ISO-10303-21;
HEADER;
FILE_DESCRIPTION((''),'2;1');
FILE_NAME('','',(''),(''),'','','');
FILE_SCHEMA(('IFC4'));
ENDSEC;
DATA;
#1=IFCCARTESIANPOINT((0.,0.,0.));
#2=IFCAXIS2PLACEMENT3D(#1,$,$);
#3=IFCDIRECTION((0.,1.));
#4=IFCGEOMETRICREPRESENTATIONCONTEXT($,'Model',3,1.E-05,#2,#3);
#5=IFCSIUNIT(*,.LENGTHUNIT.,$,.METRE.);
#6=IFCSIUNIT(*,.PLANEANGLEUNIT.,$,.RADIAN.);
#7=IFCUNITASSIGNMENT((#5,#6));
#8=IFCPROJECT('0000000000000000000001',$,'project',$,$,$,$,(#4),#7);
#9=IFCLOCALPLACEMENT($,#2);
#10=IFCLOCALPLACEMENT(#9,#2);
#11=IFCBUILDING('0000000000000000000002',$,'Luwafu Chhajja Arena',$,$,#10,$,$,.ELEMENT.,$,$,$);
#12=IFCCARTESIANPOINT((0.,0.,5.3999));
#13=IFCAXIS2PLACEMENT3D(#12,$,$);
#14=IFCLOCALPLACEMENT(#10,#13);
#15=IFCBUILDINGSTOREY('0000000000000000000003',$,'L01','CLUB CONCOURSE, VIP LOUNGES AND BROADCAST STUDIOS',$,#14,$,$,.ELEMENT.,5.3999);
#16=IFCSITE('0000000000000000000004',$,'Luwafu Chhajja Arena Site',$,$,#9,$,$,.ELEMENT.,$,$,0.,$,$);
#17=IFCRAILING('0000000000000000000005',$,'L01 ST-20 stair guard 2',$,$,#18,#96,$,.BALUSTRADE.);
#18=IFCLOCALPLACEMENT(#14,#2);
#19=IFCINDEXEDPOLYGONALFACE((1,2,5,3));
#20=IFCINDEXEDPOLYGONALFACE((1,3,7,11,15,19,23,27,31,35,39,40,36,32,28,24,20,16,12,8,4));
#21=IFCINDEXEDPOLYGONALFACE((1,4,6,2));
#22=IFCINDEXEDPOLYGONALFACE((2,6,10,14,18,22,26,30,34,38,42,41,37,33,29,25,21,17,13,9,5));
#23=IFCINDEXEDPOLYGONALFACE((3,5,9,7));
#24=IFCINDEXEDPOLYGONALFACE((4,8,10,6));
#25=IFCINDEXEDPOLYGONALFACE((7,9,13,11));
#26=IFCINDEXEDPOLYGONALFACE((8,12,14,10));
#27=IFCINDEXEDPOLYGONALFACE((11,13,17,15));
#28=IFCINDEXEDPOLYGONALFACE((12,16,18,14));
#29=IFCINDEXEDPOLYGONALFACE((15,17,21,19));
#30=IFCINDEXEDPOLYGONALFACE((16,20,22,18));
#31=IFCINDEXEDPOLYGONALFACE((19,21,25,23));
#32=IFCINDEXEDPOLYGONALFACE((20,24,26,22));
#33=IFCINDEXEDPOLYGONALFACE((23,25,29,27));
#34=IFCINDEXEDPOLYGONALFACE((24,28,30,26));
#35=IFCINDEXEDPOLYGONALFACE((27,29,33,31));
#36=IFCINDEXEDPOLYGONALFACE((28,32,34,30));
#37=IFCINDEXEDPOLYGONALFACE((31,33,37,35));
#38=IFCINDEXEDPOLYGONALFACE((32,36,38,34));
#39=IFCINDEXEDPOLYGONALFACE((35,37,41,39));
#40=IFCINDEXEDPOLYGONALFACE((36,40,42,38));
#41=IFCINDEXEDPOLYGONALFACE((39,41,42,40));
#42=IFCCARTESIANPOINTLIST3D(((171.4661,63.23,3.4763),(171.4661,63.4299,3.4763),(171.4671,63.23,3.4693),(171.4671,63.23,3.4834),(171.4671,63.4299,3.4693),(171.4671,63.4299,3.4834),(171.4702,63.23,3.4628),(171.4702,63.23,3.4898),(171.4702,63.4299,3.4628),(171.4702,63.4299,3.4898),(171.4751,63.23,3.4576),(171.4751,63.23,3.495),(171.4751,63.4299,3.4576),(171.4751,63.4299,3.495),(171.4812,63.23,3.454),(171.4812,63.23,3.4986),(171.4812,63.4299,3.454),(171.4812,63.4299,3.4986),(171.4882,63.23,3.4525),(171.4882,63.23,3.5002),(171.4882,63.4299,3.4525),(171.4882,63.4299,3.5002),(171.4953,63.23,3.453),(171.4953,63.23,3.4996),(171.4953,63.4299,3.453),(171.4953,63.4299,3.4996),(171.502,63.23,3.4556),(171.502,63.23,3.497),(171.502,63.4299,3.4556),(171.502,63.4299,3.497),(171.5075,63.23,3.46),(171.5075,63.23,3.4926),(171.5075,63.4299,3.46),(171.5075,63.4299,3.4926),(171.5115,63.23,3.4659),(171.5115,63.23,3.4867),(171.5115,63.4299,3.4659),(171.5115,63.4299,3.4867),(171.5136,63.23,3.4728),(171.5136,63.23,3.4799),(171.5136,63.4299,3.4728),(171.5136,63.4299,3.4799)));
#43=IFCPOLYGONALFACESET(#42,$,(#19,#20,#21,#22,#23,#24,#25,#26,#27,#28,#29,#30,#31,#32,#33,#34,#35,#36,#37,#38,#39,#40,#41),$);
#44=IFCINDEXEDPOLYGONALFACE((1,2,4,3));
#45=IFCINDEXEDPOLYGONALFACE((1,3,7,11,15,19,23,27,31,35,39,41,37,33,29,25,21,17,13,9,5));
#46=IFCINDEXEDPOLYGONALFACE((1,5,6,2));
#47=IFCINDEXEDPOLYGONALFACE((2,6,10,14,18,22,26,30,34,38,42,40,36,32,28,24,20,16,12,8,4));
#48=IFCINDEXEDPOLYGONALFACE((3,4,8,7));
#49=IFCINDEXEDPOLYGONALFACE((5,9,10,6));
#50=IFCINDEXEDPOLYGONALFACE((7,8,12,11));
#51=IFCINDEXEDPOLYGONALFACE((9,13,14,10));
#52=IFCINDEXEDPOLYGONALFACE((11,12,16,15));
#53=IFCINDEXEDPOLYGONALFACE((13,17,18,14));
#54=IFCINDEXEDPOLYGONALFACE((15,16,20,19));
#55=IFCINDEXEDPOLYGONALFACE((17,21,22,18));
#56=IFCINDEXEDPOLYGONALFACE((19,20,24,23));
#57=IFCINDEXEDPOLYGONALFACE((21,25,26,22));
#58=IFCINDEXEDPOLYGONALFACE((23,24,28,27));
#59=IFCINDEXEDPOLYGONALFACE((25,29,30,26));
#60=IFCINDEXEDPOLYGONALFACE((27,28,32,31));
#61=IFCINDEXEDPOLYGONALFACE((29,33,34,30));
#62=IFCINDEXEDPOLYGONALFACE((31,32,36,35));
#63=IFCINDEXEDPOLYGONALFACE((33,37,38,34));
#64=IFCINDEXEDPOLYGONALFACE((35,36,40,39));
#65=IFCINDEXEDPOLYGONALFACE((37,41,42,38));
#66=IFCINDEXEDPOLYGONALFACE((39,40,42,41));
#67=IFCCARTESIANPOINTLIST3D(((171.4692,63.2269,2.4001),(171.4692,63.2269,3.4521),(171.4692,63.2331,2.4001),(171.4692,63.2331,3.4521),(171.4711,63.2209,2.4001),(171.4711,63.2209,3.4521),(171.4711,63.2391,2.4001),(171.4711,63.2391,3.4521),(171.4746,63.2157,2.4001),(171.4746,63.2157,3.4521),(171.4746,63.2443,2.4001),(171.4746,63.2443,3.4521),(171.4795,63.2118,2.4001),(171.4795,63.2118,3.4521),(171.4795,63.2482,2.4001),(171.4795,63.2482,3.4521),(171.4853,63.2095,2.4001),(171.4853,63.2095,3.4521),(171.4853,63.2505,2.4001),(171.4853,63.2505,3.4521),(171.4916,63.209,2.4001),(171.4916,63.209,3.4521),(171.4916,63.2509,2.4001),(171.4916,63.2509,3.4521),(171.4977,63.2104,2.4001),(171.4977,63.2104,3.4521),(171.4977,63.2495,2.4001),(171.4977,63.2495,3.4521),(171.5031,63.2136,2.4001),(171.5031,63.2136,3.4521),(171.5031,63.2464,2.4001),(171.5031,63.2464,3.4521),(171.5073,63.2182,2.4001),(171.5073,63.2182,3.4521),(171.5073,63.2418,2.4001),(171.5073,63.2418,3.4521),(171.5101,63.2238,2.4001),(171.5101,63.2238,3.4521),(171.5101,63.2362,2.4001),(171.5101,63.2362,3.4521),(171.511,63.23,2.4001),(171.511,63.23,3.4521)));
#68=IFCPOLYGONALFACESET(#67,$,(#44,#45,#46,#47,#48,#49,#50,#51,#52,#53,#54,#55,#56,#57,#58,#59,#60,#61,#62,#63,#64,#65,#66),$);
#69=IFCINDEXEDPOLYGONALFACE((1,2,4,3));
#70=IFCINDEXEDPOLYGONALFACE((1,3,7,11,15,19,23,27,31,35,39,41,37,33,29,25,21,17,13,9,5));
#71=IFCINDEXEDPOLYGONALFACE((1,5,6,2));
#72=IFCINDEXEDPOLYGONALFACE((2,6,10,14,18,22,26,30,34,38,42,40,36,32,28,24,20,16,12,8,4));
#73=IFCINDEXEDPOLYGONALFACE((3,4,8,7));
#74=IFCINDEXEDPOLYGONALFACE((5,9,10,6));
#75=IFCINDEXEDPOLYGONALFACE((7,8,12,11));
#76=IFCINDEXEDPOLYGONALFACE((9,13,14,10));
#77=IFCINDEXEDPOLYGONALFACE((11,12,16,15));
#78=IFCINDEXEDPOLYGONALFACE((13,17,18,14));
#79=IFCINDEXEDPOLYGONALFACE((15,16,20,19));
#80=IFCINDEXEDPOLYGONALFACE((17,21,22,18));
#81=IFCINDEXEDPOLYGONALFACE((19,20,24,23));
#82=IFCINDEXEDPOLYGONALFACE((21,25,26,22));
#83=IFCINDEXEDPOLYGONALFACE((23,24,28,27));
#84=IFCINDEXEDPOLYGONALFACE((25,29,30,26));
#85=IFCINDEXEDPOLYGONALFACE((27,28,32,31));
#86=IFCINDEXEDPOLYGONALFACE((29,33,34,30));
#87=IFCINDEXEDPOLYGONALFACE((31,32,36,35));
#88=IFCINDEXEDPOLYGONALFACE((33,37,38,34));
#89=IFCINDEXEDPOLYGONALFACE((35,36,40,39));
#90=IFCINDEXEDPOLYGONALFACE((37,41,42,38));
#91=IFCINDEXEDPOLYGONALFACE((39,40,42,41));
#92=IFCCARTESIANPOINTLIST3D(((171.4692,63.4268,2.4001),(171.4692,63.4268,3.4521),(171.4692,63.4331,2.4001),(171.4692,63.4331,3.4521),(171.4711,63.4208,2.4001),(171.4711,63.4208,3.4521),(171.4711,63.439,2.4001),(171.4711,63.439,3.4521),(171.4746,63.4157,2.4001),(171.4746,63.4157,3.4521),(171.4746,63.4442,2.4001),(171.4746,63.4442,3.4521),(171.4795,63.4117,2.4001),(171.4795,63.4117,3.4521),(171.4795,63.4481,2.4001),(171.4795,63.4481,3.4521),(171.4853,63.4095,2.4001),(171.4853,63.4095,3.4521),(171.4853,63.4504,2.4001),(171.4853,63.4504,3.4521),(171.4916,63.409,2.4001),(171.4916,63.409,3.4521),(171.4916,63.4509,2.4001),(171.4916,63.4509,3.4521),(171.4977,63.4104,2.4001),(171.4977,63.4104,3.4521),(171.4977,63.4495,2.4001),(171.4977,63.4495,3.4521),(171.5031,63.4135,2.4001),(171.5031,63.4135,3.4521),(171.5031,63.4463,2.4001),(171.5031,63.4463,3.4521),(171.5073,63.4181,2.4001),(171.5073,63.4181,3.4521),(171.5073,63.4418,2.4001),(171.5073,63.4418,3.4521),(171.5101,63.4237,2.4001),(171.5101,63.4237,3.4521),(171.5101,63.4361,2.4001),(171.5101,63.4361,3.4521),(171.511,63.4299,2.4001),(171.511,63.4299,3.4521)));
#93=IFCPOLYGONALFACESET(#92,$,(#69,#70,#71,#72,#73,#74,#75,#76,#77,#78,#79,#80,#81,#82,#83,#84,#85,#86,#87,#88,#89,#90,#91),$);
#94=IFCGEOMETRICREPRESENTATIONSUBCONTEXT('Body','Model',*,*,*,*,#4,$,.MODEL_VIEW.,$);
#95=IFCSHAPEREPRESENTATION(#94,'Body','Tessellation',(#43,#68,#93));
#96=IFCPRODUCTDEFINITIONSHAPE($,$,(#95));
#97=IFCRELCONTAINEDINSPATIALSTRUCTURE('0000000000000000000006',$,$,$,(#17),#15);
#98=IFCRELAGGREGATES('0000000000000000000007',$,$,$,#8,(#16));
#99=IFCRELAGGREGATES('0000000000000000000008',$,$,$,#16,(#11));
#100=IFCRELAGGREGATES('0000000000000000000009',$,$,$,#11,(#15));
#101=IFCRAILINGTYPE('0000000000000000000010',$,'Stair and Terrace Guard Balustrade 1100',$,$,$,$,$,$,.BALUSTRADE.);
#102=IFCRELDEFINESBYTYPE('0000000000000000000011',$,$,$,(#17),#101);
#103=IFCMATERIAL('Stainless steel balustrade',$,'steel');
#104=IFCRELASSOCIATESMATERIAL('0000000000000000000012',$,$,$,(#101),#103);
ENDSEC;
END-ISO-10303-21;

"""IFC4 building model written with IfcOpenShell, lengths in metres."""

from ifc_helpers import new_model, si_unit, direction, frame, origin, origin_2d, place, context, subcontext, project, spatial, circle, extrude, material, type_object, element, save


model = new_model("IFC4")

# Units and contexts
model_context = context("Model", 3, precision=1e-05, world=origin(), true_north=direction((0.0, 1.0)))
body_context = subcontext(model_context, "Body", "Model", "MODEL_VIEW")
ifc_project = project(units=[si_unit("LENGTHUNIT", "METRE"), si_unit("PLANEANGLEUNIT", "RADIAN")], contexts=[model_context])

# Site, building, storey
site_placement = place(None, origin())
site = spatial("IfcSite", under=ifc_project, at=site_placement, Name="Luwafu Chhajja Arena Site", CompositionType="ELEMENT", RefElevation=0.0)
building_placement = place(site_placement, origin())
building = spatial("IfcBuilding", under=site, at=building_placement, Name="Luwafu Chhajja Arena", CompositionType="ELEMENT")
storey_placement = place(building_placement, frame((0.0, 0.0, 5.3999)))
storey = spatial("IfcBuildingStorey", under=building, at=storey_placement, Name="L01", Description="CLUB CONCOURSE, VIP LOUNGES AND BROADCAST STUDIOS", CompositionType="ELEMENT", Elevation=5.3999)

# Railing
ifc_material_1 = material(Name="Stainless steel balustrade", Category="steel")
railing_type_1 = type_object("IfcRailingType", Name="Stair and Terrace Guard Balustrade 1100", PredefinedType="BALUSTRADE", material=ifc_material_1)
railing_1_placement = place(storey_placement, frame((171.49, 63.23, 2.4001)))
element("IfcRailing", 1, at=railing_1_placement, inside=storey, type_object=railing_type_1, Name="L01 ST-20 stair guard 2", PredefinedType="BALUSTRADE", context=body_context, shape_type="SweptSolid", body=[
    extrude(circle(Radius=0.0239, at=origin_2d()), frame((0.0, 0.0, 1.0762), z_axis=(0.0, 1.0, 0.0), x_axis=(-1.0, 0.0, 0.0)), (0.0, 0.0, 1.0), 0.2),
    extrude(circle(Radius=0.021, at=origin_2d()), origin(), (0.0, 0.0, 1.0), 1.052),
    extrude(circle(Radius=0.021, at=origin_2d()), frame((0.0, 0.2, 0.0)), (0.0, 0.0, 1.0), 1.052),
])

save(model, "model.ifc")
